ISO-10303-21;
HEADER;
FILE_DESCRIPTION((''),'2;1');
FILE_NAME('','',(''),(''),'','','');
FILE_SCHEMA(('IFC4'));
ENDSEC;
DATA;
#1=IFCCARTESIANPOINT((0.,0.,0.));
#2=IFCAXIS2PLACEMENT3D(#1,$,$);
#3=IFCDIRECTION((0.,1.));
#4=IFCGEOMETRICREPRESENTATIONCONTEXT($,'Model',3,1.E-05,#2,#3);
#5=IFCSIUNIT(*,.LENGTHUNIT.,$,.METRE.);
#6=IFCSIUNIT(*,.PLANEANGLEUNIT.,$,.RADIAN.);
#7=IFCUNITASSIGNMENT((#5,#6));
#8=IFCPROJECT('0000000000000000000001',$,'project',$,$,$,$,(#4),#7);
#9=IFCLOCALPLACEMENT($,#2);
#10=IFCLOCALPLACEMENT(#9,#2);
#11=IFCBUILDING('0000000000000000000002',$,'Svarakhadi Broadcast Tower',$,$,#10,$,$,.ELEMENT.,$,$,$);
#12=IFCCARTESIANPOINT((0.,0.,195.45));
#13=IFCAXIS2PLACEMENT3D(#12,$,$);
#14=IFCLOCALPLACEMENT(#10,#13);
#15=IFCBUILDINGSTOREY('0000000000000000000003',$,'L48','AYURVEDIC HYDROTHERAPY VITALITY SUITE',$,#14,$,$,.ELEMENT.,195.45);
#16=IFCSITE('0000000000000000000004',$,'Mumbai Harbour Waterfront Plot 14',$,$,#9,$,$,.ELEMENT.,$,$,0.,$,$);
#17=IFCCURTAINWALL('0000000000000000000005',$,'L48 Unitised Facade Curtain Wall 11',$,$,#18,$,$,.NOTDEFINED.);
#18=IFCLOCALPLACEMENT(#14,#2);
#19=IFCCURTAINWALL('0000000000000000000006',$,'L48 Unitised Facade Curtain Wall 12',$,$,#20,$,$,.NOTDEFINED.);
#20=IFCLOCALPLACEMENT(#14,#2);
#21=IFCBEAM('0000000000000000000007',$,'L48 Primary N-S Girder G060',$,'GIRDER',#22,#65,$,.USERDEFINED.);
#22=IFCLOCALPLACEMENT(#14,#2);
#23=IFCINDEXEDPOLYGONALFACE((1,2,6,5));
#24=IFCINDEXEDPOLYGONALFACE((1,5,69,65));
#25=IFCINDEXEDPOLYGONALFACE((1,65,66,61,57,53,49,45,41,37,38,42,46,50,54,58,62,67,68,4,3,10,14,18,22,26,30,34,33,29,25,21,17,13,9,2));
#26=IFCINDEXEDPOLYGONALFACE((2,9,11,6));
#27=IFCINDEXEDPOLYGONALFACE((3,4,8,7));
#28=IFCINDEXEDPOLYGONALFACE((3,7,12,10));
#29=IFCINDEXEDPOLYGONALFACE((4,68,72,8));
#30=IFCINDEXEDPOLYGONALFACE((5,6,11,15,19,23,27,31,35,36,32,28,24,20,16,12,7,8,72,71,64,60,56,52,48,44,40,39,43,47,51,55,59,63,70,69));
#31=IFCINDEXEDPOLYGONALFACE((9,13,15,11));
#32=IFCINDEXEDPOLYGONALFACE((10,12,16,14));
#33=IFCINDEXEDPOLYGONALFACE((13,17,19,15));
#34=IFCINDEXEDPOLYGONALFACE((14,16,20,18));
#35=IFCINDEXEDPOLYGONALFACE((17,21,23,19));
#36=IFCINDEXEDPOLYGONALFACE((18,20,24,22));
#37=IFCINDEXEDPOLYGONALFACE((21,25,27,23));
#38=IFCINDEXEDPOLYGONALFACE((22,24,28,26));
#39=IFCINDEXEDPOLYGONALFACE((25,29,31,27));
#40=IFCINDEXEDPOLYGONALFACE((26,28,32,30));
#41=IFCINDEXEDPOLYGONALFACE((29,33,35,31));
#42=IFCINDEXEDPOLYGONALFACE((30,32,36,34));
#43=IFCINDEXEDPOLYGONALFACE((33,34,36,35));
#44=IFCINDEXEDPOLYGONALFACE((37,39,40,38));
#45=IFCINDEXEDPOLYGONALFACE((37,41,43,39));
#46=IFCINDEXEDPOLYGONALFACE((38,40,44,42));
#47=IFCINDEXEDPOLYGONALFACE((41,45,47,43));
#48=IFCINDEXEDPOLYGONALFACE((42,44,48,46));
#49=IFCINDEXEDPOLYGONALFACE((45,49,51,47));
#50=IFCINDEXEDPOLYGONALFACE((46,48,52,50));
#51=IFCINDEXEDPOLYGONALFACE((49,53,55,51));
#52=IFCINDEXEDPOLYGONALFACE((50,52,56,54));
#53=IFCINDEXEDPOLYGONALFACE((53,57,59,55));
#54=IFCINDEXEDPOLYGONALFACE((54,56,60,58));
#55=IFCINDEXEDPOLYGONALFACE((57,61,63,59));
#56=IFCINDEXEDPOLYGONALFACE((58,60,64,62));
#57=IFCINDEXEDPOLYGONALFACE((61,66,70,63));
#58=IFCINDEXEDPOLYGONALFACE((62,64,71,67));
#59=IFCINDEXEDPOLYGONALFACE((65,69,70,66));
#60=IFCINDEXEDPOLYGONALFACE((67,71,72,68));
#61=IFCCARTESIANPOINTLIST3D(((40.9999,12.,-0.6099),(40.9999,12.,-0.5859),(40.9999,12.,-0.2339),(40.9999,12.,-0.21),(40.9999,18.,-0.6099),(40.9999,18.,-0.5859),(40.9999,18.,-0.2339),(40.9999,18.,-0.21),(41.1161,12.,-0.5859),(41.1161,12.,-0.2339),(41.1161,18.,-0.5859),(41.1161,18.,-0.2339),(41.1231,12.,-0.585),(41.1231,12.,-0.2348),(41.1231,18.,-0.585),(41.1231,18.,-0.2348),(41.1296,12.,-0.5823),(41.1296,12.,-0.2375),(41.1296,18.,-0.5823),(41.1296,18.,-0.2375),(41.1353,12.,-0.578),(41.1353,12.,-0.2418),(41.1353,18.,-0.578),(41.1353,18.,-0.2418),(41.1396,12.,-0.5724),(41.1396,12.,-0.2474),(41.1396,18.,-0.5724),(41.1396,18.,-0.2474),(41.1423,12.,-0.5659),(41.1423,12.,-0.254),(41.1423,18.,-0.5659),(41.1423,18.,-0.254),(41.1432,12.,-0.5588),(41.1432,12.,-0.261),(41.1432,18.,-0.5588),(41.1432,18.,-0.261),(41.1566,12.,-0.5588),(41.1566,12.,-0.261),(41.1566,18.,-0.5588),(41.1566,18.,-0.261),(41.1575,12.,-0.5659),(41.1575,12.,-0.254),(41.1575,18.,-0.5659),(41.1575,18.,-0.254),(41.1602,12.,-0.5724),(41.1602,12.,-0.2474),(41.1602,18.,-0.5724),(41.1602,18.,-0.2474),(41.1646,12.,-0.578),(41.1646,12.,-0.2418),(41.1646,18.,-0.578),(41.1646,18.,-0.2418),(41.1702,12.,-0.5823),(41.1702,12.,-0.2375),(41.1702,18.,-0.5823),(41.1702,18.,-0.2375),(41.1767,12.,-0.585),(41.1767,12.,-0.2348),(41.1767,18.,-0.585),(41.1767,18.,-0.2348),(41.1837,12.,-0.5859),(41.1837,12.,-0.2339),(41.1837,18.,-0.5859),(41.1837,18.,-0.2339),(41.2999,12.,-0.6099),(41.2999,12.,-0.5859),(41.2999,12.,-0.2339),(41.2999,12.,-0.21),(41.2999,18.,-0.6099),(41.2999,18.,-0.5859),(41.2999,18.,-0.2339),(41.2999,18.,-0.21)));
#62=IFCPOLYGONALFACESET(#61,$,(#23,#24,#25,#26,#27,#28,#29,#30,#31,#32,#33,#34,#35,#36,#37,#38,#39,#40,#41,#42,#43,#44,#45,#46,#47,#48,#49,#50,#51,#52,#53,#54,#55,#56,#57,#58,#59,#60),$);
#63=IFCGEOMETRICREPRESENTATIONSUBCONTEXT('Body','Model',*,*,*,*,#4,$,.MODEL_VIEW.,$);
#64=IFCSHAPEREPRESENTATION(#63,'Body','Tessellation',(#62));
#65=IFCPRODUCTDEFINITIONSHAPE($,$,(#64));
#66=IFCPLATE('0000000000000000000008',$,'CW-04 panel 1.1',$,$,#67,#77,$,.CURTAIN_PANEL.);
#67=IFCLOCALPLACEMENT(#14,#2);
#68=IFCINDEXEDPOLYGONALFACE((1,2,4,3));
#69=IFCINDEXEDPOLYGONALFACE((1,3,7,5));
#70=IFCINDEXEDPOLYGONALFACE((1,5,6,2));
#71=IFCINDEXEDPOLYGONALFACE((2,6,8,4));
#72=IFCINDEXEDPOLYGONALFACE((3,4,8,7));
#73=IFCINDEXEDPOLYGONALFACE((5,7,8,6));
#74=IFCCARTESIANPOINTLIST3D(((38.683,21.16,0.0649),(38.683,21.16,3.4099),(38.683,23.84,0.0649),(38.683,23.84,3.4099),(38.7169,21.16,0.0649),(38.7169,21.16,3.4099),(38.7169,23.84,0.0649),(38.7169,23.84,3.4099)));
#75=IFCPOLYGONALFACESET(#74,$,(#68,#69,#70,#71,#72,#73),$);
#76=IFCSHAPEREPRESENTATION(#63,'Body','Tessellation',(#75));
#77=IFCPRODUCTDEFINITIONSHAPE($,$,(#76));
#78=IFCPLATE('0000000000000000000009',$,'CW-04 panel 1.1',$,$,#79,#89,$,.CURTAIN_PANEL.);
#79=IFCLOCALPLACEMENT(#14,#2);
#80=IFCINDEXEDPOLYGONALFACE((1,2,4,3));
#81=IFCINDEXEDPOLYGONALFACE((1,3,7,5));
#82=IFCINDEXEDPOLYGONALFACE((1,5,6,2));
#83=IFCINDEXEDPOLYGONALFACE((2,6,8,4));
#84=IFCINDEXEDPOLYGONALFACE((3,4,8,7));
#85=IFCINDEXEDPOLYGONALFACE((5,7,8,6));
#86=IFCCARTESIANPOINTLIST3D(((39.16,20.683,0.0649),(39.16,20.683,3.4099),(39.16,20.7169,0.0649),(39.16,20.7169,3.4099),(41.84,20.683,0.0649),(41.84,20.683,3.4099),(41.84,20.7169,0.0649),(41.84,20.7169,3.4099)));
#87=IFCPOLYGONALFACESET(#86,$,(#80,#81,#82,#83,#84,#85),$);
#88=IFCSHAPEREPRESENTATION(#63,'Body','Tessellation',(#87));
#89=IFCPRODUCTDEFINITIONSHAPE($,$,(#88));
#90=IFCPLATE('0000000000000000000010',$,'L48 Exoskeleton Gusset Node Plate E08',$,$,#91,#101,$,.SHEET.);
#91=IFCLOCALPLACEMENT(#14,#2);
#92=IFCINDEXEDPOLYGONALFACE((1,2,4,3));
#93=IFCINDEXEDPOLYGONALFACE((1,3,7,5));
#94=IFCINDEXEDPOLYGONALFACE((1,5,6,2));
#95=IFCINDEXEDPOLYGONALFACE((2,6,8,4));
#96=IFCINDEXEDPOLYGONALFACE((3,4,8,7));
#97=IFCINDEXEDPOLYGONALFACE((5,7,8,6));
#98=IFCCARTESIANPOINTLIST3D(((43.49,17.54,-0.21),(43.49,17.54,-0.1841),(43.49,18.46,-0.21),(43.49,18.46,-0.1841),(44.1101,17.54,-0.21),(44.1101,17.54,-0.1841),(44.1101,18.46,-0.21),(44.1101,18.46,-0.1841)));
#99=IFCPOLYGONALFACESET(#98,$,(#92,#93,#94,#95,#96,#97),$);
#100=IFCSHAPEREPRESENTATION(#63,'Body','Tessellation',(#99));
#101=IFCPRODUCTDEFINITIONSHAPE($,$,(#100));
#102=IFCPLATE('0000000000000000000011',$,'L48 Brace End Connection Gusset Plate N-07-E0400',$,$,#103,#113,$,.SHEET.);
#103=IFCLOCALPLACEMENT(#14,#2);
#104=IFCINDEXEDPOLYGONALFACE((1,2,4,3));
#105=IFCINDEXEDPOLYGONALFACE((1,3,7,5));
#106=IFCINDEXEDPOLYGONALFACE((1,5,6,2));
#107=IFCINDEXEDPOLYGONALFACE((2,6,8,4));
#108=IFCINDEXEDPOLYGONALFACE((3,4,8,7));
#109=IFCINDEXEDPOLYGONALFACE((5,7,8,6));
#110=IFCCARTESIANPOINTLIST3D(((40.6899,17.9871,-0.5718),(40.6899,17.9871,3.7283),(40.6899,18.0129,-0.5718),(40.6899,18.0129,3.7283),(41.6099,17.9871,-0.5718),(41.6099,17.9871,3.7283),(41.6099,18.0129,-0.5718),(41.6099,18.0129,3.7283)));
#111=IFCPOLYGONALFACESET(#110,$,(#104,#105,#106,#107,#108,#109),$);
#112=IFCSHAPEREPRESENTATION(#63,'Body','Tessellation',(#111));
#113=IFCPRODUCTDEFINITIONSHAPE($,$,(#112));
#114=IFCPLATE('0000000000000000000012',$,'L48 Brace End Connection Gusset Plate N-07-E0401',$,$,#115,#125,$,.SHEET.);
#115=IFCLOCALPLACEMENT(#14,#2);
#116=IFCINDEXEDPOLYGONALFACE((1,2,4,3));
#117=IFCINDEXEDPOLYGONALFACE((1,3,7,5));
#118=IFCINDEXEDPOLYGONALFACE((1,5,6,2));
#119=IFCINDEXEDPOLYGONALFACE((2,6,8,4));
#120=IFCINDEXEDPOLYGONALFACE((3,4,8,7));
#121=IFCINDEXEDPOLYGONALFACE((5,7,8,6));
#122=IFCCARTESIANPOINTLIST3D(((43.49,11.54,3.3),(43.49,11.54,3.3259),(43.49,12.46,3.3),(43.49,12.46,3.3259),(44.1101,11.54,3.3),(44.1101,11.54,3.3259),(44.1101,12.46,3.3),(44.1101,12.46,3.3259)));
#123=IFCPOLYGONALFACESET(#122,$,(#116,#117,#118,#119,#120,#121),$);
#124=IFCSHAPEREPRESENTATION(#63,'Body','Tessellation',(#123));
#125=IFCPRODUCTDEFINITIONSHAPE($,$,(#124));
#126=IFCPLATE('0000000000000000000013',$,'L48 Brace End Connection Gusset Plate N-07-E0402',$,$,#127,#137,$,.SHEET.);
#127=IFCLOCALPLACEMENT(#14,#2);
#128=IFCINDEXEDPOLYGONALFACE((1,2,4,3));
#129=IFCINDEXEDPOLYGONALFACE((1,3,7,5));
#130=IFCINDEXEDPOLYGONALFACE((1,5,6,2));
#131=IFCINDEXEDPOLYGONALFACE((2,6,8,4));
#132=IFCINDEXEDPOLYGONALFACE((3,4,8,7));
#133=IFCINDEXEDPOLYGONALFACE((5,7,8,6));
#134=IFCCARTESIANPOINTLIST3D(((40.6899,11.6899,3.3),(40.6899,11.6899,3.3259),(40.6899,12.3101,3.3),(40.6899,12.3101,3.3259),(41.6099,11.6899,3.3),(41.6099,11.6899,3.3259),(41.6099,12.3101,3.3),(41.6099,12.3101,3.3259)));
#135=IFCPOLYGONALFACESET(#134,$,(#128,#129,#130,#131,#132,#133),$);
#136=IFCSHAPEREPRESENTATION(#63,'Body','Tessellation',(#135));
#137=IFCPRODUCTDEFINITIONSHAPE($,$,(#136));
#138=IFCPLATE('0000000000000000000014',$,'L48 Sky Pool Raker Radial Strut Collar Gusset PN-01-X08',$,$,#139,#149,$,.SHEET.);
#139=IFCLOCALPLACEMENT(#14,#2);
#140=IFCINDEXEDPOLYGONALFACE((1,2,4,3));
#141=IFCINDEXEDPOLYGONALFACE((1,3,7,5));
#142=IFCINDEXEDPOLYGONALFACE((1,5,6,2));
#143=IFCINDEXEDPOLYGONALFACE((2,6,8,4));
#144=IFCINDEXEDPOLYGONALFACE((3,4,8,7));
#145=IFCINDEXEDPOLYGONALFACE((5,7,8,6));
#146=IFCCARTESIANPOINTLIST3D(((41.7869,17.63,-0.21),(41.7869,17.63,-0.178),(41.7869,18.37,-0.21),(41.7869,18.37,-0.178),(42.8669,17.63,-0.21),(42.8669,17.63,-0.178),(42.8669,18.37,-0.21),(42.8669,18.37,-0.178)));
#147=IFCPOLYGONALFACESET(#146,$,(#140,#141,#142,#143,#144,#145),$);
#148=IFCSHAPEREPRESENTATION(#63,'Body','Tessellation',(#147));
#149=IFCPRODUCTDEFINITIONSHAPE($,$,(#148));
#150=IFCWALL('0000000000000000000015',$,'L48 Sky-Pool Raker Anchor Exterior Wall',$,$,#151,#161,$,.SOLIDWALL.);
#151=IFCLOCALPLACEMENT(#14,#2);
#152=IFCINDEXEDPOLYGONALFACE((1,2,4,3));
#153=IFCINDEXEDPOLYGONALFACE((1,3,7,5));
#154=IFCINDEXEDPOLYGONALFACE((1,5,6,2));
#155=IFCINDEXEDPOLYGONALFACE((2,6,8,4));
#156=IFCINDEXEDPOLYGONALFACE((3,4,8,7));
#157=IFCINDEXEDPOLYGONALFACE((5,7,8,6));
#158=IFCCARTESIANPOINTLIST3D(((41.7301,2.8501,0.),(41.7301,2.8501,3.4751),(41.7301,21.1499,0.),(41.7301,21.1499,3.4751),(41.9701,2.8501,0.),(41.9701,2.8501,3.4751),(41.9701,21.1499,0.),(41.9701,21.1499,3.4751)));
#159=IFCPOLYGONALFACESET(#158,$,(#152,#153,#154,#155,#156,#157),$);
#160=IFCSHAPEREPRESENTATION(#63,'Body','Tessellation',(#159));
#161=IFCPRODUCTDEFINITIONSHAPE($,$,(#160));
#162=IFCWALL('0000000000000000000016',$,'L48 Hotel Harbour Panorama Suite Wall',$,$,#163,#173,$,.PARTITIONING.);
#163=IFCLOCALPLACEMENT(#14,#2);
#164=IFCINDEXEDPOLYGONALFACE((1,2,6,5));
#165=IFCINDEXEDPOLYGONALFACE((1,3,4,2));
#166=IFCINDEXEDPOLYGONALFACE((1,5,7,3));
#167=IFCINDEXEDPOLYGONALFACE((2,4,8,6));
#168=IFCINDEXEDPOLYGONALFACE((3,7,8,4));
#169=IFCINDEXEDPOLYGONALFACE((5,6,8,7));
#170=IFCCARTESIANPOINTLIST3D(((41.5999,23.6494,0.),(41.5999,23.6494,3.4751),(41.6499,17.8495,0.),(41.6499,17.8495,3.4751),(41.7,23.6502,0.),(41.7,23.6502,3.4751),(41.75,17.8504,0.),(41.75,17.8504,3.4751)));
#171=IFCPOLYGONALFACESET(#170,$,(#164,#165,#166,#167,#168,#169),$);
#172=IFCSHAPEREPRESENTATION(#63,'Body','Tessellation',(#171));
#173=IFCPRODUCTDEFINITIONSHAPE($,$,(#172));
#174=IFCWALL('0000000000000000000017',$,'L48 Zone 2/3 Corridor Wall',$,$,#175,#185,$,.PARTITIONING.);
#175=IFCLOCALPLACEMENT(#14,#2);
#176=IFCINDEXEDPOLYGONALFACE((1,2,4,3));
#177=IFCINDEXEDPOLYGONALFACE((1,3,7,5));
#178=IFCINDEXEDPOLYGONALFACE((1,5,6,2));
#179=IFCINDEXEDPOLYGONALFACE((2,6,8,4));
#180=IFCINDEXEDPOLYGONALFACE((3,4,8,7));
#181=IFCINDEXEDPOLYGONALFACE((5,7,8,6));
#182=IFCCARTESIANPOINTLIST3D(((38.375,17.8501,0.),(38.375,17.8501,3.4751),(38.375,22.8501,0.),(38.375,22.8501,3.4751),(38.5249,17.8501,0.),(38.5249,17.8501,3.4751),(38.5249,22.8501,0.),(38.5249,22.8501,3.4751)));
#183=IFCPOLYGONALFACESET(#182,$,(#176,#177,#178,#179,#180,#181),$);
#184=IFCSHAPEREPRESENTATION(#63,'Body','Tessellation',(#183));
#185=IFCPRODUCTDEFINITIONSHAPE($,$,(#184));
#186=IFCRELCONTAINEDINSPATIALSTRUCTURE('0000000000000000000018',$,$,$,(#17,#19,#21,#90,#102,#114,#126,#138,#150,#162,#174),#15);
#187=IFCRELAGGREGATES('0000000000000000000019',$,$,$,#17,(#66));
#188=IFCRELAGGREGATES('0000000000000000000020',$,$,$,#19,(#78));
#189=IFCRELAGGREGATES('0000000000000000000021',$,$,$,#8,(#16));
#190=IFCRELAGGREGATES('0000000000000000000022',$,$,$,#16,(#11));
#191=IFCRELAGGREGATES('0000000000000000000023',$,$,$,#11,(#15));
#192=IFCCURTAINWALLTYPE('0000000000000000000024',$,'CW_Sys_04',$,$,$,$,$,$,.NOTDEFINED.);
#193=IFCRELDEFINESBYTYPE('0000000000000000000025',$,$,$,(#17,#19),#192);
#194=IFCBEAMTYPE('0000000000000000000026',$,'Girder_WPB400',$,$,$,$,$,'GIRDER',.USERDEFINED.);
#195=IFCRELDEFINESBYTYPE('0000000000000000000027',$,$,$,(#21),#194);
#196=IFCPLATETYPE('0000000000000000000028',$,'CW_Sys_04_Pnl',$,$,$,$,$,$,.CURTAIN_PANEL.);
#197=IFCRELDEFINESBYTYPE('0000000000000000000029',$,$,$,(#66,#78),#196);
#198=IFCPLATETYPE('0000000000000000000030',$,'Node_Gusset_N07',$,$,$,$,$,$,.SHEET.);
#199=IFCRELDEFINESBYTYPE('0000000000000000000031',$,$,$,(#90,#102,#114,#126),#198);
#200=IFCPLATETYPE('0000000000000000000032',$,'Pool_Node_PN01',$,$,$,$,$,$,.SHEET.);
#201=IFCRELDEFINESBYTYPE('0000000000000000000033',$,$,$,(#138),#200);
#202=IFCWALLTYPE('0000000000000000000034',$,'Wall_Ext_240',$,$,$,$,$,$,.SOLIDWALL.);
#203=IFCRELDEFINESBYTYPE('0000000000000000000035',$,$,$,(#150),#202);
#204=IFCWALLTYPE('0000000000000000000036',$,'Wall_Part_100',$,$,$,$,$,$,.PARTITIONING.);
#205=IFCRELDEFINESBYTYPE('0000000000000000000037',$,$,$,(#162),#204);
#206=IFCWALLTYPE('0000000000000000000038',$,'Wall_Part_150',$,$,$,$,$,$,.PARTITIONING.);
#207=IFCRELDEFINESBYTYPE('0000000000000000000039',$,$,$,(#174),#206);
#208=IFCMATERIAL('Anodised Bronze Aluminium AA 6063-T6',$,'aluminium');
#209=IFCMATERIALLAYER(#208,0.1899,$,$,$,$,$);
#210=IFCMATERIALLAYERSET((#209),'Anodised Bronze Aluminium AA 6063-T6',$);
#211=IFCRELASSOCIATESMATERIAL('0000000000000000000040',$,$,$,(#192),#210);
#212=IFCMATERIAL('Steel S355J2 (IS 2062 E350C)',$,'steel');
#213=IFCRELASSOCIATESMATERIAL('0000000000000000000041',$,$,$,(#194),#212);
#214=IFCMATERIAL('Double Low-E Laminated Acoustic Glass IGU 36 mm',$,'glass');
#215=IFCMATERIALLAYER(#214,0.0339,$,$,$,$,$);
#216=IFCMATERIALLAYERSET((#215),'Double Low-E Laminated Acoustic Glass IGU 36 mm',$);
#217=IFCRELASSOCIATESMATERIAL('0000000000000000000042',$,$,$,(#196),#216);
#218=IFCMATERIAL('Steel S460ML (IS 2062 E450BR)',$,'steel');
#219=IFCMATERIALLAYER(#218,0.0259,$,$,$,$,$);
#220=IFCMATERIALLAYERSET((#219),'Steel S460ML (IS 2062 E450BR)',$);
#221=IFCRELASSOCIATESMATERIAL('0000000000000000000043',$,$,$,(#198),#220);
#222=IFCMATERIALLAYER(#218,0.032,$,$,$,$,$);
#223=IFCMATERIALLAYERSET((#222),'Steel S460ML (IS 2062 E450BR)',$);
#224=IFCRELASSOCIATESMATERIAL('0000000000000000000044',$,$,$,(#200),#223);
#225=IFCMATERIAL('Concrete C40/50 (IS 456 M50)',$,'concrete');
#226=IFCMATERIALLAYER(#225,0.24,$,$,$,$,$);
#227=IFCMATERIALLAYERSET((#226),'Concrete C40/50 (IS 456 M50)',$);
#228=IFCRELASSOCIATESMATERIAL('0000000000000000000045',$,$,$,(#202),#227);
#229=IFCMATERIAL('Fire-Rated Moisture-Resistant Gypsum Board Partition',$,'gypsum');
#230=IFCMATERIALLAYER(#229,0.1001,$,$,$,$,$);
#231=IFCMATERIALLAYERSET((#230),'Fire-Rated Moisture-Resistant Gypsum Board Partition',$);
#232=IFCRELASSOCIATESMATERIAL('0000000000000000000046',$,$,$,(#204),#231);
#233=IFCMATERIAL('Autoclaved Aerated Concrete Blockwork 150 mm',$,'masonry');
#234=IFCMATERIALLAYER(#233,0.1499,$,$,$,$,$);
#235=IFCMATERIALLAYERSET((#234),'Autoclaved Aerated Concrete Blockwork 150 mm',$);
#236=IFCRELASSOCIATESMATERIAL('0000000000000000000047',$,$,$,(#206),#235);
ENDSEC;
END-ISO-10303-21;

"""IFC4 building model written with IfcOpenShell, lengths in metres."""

from ifc_helpers import new_model, si_unit, direction, frame, frame_2d, origin, origin_2d, place, context, subcontext, project, spatial, rectangle, i_section, extrude, material, layer, layer_set, material_profile, profile_set, type_object, element, aggregate, save


model = new_model("IFC4")

# Units and contexts
model_context = context("Model", 3, precision=1e-05, world=origin(), true_north=direction((0.0, 1.0)))
body_context = subcontext(model_context, "Body", "Model", "MODEL_VIEW")
ifc_project = project(units=[si_unit("LENGTHUNIT", "METRE"), si_unit("PLANEANGLEUNIT", "RADIAN")], contexts=[model_context])

# Site, building, storey
site_placement = place(None, origin())
site = spatial("IfcSite", under=ifc_project, at=site_placement, Name="Mumbai Harbour Waterfront Plot 14", CompositionType="ELEMENT", RefElevation=0.0)
building_placement = place(site_placement, origin())
building = spatial("IfcBuilding", under=site, at=building_placement, Name="Svarakhadi Broadcast Tower", CompositionType="ELEMENT")
storey_placement = place(building_placement, frame((0.0, 0.0, 195.45)))
storey = spatial("IfcBuildingStorey", under=building, at=storey_placement, Name="L48", Description="AYURVEDIC HYDROTHERAPY VITALITY SUITE", CompositionType="ELEMENT", Elevation=195.45)

# Shared definitions
ifc_material_1 = material(Name="Steel S460ML (IS 2062 E450BR)", Category="steel")

# Shared definitions
ifc_material_2 = material(Name="Anodised Bronze Aluminium AA 6063-T6", Category="aluminium")
ifc_layer_1 = layer(ifc_material_2, 0.1899)
ifc_layer_set_1 = layer_set([ifc_layer_1], Name="Anodised Bronze Aluminium AA 6063-T6")
curtain_wall_type = type_object("IfcCurtainWallType", Name="CW_Sys_04", PredefinedType="NOTDEFINED", material=ifc_layer_set_1)

# Curtain walls
curtain_wall_1_placement = place(storey_placement, origin())
curtain_wall_1 = element("IfcCurtainWall", 1, at=curtain_wall_1_placement, inside=storey, type_object=curtain_wall_type, Name="L48 Unitised Facade Curtain Wall 11", PredefinedType="NOTDEFINED")
curtain_wall_2_placement = place(storey_placement, origin())
curtain_wall_2 = element("IfcCurtainWall", 2, at=curtain_wall_2_placement, inside=storey, type_object=curtain_wall_type, Name="L48 Unitised Facade Curtain Wall 12", PredefinedType="NOTDEFINED")

# Beam
ifc_material_3 = material(Name="Steel S355J2 (IS 2062 E350C)", Category="steel")
ifc_material_profile_1 = material_profile(ifc_material_3, i_section(OverallWidth=0.3, OverallDepth=0.3999, WebThickness=0.0134, FlangeThickness=0.0239, FilletRadius=0.0271, at=origin_2d()), Name="WPB 400x300x155")
ifc_profile_set_1 = profile_set([ifc_material_profile_1], Name="Steel S355J2 (IS 2062 E350C)")
beam_type = type_object("IfcBeamType", Name="Girder_WPB400", ElementType="GIRDER", PredefinedType="USERDEFINED", material=ifc_profile_set_1)
beam_placement = place(storey_placement, frame((41.1499, 12.0, -0.4099), z_axis=(0.0, 1.0, 0.0), x_axis=(-1.0, 0.0, 0.0)))
element("IfcBeam", 3, at=beam_placement, inside=storey, type_object=beam_type, Name="L48 Primary N-S Girder G060", ObjectType="GIRDER", PredefinedType="USERDEFINED", context=body_context, shape_type="SweptSolid", body=[
    extrude(i_section(OverallWidth=0.3, OverallDepth=0.3999, WebThickness=0.0134, FlangeThickness=0.0239, FilletRadius=0.0271, at=origin_2d()), origin(), (0.0, 0.0, 1.0), 6.0),
])

# Plates
ifc_material_4 = material(Name="Double Low-E Laminated Acoustic Glass IGU 36 mm", Category="glass")
ifc_layer_2 = layer(ifc_material_4, 0.0339)
ifc_layer_set_2 = layer_set([ifc_layer_2], Name="Double Low-E Laminated Acoustic Glass IGU 36 mm")
plate_type_1 = type_object("IfcPlateType", Name="CW_Sys_04_Pnl", PredefinedType="CURTAIN_PANEL", material=ifc_layer_set_2)
plate_1_placement = place(storey_placement, frame((38.7, 22.5, 0.0649), z_axis=(0.0, 0.0, 1.0), x_axis=(0.0, -1.0, 0.0)))
plate_1 = element("IfcPlate", 4, at=plate_1_placement, type_object=plate_type_1, Name="CW-04 panel 1.1", PredefinedType="CURTAIN_PANEL", context=body_context, shape_type="SweptSolid", body=[
    extrude(rectangle(XDim=2.6799, YDim=0.0339, at=origin_2d()), origin(), (0.0, 0.0, 1.0), 3.345),
])
aggregate(curtain_wall_1, [plate_1])
plate_2_placement = place(storey_placement, frame((40.5, 20.7, 0.0649), z_axis=(0.0, 0.0, 1.0), x_axis=(1.0, 0.0, 0.0)))
plate_2 = element("IfcPlate", 5, at=plate_2_placement, type_object=plate_type_1, Name="CW-04 panel 1.1", PredefinedType="CURTAIN_PANEL", context=body_context, shape_type="SweptSolid", body=[
    extrude(rectangle(XDim=2.6799, YDim=0.0339, at=origin_2d()), origin(), (0.0, 0.0, 1.0), 3.345),
])
aggregate(curtain_wall_2, [plate_2])

# Plates
ifc_layer_3 = layer(ifc_material_1, 0.0259)
ifc_layer_set_3 = layer_set([ifc_layer_3], Name="Steel S460ML (IS 2062 E450BR)")
plate_type_2 = type_object("IfcPlateType", Name="Node_Gusset_N07", PredefinedType="SHEET", material=ifc_layer_set_3)
plate_3_placement = place(storey_placement, frame((43.8, 18.0, -0.21), z_axis=(0.0, 0.0, 1.0), x_axis=(0.0, 1.0, 0.0)))
element("IfcPlate", 6, at=plate_3_placement, inside=storey, type_object=plate_type_2, Name="L48 Exoskeleton Gusset Node Plate E08", PredefinedType="SHEET", context=body_context, shape_type="SweptSolid", body=[
    extrude(rectangle(XDim=0.9199, YDim=0.6201, at=origin_2d()), origin(), (0.0, 0.0, 1.0), 0.0259),
])
plate_4_placement = place(storey_placement, frame((41.1499, 18.0, -0.5718), z_axis=(0.0, 0.0, 1.0), x_axis=(1.0, 0.0, 0.0)))
element("IfcPlate", 7, at=plate_4_placement, inside=storey, type_object=plate_type_2, Name="L48 Brace End Connection Gusset Plate N-07-E0400", PredefinedType="SHEET", context=body_context, shape_type="SweptSolid", body=[
    extrude(rectangle(XDim=0.9199, YDim=0.0259, at=origin_2d()), origin(), (0.0, 0.0, 1.0), 4.3),
])
for number, where, z_axis, x_axis, name in (
    (8, (43.8, 12.0, 3.3), (0.0, 0.0, 1.0), (0.0, 1.0, 0.0), "L48 Brace End Connection Gusset Plate N-07-E0401"),
    (9, (41.1499, 12.0, 3.3), (0.0, 0.0, 1.0), (1.0, 0.0, 0.0), "L48 Brace End Connection Gusset Plate N-07-E0402"),
):
    element("IfcPlate", number, at=place(storey_placement, frame(where, z_axis=z_axis, x_axis=x_axis)), inside=storey, type_object=plate_type_2, Name=name, PredefinedType="SHEET", context=body_context, shape_type="SweptSolid", body=[
        extrude(rectangle(XDim=0.9199, YDim=0.6201, at=origin_2d()), origin(), (0.0, 0.0, 1.0), 0.0259),
    ])
ifc_layer_4 = layer(ifc_material_1, 0.032)
ifc_layer_set_4 = layer_set([ifc_layer_4], Name="Steel S460ML (IS 2062 E450BR)")
plate_type_3 = type_object("IfcPlateType", Name="Pool_Node_PN01", PredefinedType="SHEET", material=ifc_layer_set_4)
plate_5_placement = place(storey_placement, frame((42.3269, 18.0, -0.21), z_axis=(0.0, 0.0, 1.0), x_axis=(1.0, 0.0, 0.0)))
element("IfcPlate", 10, at=plate_5_placement, inside=storey, type_object=plate_type_3, Name="L48 Sky Pool Raker Radial Strut Collar Gusset PN-01-X08", PredefinedType="SHEET", context=body_context, shape_type="SweptSolid", body=[
    extrude(rectangle(XDim=1.0801, YDim=0.74, at=origin_2d()), origin(), (0.0, 0.0, 1.0), 0.032),
])

# Walls
ifc_material_5 = material(Name="Concrete C40/50 (IS 456 M50)", Category="concrete")
ifc_layer_5 = layer(ifc_material_5, 0.24)
ifc_layer_set_5 = layer_set([ifc_layer_5], Name="Concrete C40/50 (IS 456 M50)")
wall_type_1 = type_object("IfcWallType", Name="Wall_Ext_240", PredefinedType="SOLIDWALL", material=ifc_layer_set_5)
wall_1_placement = place(storey_placement, frame((41.8501, 21.1499, 0.0), z_axis=(0.0, 0.0, 1.0), x_axis=(0.0, -1.0, 0.0)))
element("IfcWall", 11, at=wall_1_placement, inside=storey, type_object=wall_type_1, Name="L48 Sky-Pool Raker Anchor Exterior Wall", PredefinedType="SOLIDWALL", context=body_context, shape_type="SweptSolid", body=[
    extrude(rectangle(XDim=18.2998, YDim=0.24, at=frame_2d((9.1499, 0.0))), origin(), (0.0, 0.0, 1.0), 3.4751),
])
ifc_material_6 = material(Name="Fire-Rated Moisture-Resistant Gypsum Board Partition", Category="gypsum")
ifc_layer_6 = layer(ifc_material_6, 0.1001)
ifc_layer_set_6 = layer_set([ifc_layer_6], Name="Fire-Rated Moisture-Resistant Gypsum Board Partition")
wall_type_2 = type_object("IfcWallType", Name="Wall_Part_100", PredefinedType="PARTITIONING", material=ifc_layer_set_6)
wall_2_placement = place(storey_placement, frame((41.7, 17.8501, 0.0), z_axis=(0.0, 0.0, 1.0), x_axis=(-0.008629, 0.999963, 0.0)))
element("IfcWall", 12, at=wall_2_placement, inside=storey, type_object=wall_type_2, Name="L48 Hotel Harbour Panorama Suite Wall", PredefinedType="PARTITIONING", context=body_context, shape_type="SweptSolid", body=[
    extrude(rectangle(XDim=5.8, YDim=0.1001, at=frame_2d((2.8999, 0.0))), origin(), (0.0, 0.0, 1.0), 3.4751),
])
ifc_material_7 = material(Name="Autoclaved Aerated Concrete Blockwork 150 mm", Category="masonry")
ifc_layer_7 = layer(ifc_material_7, 0.1499)
ifc_layer_set_7 = layer_set([ifc_layer_7], Name="Autoclaved Aerated Concrete Blockwork 150 mm")
wall_type_3 = type_object("IfcWallType", Name="Wall_Part_150", PredefinedType="PARTITIONING", material=ifc_layer_set_7)
wall_3_placement = place(storey_placement, frame((38.45, 22.8501, 0.0), z_axis=(0.0, 0.0, 1.0), x_axis=(0.0, -1.0, 0.0)))
element("IfcWall", 13, at=wall_3_placement, inside=storey, type_object=wall_type_3, Name="L48 Zone 2/3 Corridor Wall", PredefinedType="PARTITIONING", context=body_context, shape_type="SweptSolid", body=[
    extrude(rectangle(XDim=5.0, YDim=0.1499, at=frame_2d((2.5, 0.0))), origin(), (0.0, 0.0, 1.0), 3.4751),
])

save(model, "model.ifc")
